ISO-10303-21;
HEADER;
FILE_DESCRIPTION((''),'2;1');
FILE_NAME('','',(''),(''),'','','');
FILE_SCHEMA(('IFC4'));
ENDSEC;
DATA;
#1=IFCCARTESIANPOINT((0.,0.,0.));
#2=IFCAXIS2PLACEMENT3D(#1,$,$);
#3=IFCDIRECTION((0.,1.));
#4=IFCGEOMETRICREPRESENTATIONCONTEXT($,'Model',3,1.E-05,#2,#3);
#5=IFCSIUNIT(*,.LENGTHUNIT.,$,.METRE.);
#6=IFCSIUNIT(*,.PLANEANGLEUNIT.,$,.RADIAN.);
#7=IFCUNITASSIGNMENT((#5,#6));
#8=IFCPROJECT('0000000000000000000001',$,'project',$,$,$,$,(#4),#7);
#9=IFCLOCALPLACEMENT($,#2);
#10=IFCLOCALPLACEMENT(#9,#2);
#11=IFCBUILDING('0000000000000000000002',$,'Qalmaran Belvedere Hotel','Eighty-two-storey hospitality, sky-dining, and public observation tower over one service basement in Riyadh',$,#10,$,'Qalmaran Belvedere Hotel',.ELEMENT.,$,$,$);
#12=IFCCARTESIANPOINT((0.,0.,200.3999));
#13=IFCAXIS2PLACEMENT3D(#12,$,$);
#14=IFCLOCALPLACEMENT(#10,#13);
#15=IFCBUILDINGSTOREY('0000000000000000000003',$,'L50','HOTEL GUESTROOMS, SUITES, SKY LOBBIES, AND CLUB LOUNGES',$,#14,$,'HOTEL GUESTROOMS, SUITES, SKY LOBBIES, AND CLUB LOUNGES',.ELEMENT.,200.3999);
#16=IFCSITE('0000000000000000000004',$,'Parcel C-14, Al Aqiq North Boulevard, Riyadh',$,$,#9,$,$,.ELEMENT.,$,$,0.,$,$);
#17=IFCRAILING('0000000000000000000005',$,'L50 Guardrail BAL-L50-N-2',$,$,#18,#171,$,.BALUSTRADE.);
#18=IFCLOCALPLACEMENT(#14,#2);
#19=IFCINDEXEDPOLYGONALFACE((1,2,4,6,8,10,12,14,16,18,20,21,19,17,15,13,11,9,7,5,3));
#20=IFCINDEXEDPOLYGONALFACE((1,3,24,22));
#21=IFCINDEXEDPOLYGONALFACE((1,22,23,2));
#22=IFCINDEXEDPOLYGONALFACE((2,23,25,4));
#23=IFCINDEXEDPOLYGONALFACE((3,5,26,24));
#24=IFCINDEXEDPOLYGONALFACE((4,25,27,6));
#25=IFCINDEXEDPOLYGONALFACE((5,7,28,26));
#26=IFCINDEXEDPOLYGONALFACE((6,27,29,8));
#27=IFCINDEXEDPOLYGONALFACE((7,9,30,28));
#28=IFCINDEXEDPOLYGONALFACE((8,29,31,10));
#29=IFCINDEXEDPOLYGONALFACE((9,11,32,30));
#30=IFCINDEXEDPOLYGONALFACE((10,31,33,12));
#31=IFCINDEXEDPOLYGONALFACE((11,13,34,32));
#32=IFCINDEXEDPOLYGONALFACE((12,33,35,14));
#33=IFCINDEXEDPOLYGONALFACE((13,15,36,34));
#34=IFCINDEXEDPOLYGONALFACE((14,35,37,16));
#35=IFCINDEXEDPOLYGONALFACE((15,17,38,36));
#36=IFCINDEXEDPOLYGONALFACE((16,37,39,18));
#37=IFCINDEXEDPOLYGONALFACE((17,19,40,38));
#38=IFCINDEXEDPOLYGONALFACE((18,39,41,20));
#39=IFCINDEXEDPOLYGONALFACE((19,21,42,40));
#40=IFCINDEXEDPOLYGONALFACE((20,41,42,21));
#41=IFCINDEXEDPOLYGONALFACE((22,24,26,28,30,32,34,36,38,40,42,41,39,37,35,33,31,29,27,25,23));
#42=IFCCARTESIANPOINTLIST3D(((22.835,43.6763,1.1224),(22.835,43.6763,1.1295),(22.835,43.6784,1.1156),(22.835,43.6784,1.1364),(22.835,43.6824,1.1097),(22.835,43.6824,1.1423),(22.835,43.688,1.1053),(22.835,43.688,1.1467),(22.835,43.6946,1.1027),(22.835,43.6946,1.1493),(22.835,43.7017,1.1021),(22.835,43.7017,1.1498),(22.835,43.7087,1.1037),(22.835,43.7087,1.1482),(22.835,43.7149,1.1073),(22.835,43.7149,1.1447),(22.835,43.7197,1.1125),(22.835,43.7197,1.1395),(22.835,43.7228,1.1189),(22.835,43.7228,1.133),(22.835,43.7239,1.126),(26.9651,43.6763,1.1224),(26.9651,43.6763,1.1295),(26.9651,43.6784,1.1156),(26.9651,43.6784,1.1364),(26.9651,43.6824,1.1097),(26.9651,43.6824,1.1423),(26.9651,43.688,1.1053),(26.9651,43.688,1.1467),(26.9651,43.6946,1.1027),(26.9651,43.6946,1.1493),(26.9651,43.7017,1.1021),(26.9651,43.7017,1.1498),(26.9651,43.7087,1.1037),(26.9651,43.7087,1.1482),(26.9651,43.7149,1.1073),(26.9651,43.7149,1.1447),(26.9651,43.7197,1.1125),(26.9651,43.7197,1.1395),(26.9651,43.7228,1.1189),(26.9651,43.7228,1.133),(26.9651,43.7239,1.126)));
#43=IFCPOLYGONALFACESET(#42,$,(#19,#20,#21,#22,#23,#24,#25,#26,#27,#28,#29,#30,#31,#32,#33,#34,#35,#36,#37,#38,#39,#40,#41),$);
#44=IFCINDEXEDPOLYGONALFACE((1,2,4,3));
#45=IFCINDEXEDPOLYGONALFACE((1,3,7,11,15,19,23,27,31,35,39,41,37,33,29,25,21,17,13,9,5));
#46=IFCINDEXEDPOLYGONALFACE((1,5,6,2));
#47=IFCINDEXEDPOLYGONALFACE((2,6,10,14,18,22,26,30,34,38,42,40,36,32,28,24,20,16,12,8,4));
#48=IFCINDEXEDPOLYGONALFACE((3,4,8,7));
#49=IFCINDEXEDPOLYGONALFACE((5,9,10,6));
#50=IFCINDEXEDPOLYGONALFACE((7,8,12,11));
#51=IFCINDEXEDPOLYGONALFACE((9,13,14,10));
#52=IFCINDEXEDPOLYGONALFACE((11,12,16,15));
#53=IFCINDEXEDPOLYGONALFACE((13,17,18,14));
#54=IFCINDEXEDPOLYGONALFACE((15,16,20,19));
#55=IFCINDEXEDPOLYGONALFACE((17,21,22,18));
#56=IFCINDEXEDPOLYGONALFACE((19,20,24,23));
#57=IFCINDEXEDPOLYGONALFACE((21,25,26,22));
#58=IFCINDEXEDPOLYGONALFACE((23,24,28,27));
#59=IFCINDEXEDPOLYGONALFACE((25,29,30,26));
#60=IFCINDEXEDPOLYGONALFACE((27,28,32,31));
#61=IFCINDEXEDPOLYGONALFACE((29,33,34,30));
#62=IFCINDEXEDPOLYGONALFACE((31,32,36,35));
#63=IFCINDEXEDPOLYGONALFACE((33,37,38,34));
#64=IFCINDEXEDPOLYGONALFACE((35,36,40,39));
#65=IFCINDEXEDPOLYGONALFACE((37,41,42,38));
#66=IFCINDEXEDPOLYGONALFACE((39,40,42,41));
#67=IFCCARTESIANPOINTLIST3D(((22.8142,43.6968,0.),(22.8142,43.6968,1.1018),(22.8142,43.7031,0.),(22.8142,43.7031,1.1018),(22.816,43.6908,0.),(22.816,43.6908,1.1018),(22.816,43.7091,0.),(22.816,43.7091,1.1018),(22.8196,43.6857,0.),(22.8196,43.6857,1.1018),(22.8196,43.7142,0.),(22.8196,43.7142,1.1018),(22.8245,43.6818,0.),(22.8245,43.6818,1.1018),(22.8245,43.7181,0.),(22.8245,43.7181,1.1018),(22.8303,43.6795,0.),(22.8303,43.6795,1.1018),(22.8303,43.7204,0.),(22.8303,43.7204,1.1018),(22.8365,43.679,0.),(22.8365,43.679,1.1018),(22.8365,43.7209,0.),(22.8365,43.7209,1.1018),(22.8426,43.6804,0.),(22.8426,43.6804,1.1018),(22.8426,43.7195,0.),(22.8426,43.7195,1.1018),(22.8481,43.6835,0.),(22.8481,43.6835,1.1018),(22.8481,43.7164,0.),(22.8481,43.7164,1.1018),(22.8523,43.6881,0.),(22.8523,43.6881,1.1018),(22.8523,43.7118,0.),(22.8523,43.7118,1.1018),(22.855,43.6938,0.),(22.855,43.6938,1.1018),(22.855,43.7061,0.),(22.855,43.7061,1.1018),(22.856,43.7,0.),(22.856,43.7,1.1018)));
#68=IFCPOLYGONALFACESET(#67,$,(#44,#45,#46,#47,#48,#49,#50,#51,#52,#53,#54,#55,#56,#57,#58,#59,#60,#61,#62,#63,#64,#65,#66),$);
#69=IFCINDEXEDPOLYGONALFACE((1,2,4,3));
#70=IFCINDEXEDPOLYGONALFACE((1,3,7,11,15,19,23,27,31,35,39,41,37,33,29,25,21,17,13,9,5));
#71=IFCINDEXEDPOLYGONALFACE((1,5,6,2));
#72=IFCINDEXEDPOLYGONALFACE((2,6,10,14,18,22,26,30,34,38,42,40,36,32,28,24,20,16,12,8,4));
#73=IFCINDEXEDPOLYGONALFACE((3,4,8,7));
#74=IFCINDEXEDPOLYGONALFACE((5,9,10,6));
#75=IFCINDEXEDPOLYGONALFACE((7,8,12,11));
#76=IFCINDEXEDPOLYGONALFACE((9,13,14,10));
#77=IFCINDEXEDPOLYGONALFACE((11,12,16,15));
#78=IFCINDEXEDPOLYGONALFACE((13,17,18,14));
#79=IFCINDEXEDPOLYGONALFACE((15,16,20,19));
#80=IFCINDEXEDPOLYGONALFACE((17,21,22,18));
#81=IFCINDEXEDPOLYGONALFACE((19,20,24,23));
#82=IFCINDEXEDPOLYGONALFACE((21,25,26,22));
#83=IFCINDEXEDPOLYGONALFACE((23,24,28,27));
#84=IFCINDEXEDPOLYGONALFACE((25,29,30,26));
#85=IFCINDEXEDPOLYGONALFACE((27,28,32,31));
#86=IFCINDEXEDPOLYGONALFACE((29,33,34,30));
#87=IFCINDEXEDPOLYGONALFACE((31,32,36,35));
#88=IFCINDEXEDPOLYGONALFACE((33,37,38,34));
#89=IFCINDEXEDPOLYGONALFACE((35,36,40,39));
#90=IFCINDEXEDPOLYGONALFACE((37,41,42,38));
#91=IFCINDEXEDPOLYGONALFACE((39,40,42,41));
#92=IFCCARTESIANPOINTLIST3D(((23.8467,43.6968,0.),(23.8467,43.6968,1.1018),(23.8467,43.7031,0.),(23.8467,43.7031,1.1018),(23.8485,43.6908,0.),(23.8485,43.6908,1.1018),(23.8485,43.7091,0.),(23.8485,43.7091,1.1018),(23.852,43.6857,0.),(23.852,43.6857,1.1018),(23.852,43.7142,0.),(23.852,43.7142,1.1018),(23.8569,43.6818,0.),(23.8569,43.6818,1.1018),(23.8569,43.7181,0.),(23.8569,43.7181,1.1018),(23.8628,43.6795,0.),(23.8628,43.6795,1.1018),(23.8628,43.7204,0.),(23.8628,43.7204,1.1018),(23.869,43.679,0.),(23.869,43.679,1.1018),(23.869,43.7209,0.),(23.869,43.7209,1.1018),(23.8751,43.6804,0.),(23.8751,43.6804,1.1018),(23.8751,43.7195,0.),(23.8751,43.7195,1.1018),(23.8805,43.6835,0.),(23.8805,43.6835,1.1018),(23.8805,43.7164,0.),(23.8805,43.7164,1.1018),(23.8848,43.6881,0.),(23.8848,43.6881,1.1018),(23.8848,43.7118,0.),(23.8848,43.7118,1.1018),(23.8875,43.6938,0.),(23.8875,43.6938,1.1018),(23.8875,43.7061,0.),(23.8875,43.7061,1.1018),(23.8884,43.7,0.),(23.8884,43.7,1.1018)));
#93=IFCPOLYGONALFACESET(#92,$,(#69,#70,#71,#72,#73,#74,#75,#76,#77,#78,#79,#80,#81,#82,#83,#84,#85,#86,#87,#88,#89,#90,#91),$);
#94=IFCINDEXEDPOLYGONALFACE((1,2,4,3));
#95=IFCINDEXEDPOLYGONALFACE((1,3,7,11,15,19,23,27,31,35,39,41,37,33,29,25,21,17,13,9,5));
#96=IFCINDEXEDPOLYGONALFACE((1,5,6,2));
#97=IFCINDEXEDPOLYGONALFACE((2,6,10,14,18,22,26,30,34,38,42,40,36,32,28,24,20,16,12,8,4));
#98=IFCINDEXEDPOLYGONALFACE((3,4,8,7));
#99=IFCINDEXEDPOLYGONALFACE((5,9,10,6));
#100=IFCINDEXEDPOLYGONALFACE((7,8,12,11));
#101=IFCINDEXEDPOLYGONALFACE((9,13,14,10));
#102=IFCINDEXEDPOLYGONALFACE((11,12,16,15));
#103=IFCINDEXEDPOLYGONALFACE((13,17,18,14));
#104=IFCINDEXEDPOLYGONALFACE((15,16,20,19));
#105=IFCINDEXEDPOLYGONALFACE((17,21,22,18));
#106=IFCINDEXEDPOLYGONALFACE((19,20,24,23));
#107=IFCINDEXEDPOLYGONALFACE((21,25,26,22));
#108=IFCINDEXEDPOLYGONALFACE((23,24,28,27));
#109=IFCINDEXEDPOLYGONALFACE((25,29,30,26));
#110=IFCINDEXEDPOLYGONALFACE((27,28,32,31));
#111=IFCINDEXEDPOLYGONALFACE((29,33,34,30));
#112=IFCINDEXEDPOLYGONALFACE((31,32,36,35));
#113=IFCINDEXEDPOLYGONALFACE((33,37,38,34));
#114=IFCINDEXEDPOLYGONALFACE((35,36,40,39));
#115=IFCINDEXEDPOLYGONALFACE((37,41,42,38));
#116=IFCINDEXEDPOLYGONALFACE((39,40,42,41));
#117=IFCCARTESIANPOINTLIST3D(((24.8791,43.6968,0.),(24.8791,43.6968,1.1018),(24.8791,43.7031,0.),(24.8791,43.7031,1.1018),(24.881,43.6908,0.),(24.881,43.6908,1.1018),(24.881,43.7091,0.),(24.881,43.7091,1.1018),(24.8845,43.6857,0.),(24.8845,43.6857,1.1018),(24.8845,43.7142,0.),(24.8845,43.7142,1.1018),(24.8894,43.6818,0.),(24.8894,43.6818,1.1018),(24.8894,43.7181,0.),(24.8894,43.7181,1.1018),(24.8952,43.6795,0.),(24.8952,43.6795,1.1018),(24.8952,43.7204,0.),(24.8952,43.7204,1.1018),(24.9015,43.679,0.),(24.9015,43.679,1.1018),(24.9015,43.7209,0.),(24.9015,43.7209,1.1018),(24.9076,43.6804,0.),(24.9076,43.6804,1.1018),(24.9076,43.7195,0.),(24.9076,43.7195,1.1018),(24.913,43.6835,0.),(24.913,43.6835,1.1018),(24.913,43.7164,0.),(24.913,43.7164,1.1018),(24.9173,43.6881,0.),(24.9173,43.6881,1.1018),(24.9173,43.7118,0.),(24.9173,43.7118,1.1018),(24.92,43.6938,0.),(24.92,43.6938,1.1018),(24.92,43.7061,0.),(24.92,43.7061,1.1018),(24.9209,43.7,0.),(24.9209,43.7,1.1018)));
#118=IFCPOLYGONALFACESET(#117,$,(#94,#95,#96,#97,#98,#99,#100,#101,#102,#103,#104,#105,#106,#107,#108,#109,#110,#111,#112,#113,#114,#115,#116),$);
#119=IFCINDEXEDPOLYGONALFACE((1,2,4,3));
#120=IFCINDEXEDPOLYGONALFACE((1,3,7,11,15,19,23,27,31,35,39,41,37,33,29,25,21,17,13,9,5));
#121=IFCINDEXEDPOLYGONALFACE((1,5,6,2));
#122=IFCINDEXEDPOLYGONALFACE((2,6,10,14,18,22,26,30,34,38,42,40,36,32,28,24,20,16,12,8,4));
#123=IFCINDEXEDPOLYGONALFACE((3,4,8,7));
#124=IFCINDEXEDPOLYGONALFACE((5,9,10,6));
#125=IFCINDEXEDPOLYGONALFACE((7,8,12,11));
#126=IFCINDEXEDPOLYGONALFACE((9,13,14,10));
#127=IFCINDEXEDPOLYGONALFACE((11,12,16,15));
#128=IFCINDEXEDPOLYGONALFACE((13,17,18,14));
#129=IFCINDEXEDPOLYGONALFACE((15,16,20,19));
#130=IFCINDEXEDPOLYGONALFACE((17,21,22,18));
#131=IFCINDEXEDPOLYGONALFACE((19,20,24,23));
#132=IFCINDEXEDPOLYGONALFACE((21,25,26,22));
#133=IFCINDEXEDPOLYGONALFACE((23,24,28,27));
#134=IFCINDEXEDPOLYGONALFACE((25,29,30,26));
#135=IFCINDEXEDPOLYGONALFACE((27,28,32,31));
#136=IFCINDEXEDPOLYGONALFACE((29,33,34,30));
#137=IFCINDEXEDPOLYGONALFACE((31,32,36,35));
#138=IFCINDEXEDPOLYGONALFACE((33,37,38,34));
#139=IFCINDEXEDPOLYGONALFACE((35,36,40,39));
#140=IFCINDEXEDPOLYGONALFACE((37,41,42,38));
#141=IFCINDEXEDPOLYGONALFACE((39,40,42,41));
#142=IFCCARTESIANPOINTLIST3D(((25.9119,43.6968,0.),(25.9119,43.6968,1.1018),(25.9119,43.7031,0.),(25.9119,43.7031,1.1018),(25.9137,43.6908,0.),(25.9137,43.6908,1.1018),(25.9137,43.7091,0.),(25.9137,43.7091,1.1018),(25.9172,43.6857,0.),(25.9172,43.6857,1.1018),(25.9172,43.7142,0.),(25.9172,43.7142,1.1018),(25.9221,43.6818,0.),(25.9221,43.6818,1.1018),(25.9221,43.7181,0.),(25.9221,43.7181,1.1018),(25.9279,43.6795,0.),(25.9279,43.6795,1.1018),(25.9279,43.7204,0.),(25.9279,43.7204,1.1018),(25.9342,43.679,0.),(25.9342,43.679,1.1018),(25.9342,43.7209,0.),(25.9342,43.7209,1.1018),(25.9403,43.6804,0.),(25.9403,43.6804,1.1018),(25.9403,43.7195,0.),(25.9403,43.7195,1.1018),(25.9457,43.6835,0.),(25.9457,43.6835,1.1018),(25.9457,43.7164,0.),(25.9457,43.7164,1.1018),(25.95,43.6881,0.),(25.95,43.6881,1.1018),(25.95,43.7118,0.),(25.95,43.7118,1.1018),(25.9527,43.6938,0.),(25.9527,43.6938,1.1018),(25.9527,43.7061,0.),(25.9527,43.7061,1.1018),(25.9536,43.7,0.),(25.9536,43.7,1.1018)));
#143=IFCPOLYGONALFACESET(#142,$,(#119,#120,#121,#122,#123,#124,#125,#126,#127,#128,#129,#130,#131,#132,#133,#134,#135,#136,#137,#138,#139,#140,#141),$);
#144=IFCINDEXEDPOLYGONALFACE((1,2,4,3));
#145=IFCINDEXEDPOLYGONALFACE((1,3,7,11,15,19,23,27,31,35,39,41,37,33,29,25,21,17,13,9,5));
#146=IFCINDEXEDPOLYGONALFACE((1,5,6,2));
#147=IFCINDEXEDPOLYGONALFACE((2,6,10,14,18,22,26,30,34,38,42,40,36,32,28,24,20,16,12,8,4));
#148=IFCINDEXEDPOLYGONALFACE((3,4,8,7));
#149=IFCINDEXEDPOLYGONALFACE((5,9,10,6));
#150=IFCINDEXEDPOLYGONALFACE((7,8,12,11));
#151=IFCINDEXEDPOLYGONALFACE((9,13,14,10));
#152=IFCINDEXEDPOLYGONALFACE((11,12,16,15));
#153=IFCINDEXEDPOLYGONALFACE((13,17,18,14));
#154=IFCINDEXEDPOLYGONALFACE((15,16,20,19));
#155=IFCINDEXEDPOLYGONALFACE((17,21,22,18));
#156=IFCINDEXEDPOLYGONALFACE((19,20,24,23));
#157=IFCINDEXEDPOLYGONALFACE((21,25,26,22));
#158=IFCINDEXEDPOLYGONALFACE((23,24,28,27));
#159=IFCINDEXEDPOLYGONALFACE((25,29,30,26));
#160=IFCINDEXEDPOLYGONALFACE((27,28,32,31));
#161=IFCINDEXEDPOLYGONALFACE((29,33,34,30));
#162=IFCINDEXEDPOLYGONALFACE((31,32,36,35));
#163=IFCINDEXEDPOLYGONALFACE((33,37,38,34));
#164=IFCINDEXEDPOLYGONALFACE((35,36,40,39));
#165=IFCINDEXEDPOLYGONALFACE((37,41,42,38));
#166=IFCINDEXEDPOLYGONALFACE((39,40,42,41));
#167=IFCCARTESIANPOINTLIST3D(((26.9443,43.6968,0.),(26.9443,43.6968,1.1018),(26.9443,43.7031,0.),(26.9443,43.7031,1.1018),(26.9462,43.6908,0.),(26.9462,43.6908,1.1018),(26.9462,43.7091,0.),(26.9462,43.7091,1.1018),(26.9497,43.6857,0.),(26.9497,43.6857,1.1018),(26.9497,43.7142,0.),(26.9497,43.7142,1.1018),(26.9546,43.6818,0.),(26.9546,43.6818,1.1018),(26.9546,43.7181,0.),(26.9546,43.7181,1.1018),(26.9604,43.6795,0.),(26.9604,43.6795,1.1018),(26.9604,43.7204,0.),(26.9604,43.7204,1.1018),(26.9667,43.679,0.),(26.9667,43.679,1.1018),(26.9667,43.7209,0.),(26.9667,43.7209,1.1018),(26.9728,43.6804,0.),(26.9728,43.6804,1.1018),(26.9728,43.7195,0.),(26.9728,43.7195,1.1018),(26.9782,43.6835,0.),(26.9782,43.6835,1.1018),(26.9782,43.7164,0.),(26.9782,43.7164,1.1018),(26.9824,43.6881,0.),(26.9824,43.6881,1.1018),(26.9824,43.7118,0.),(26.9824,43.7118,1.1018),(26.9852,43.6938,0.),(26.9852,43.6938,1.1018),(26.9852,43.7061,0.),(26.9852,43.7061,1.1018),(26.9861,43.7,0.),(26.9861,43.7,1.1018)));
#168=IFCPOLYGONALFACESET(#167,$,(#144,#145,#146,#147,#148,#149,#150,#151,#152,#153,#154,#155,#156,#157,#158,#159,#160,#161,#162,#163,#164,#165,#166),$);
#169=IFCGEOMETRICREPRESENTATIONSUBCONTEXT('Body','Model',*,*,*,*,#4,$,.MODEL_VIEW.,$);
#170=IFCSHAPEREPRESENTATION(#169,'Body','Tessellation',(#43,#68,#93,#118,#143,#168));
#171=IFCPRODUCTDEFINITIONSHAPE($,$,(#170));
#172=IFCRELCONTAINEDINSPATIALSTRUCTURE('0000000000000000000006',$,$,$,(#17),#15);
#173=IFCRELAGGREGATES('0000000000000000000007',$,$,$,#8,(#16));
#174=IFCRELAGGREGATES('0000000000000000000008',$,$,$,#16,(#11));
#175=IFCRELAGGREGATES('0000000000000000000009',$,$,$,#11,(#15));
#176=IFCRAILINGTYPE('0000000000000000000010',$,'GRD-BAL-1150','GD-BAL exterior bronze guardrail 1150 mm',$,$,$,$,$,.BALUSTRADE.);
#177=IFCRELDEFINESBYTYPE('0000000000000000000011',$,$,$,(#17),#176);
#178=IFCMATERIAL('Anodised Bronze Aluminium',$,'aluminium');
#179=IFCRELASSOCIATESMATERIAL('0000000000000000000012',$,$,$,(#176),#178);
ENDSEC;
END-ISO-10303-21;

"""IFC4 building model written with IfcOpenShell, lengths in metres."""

from ifc_helpers import new_model, si_unit, direction, frame, origin, origin_2d, place, context, subcontext, project, spatial, circle, extrude, material, type_object, element, save


model = new_model("IFC4")

# Units and contexts
model_context = context("Model", 3, precision=1e-05, world=origin(), true_north=direction((0.0, 1.0)))
body_context = subcontext(model_context, "Body", "Model", "MODEL_VIEW")
ifc_project = project(units=[si_unit("LENGTHUNIT", "METRE"), si_unit("PLANEANGLEUNIT", "RADIAN")], contexts=[model_context])

# Site, building, storey
site_placement = place(None, origin())
site = spatial("IfcSite", under=ifc_project, at=site_placement, Name="Parcel C-14, Al Aqiq North Boulevard, Riyadh", CompositionType="ELEMENT", RefElevation=0.0)
building_placement = place(site_placement, origin())
building = spatial("IfcBuilding", under=site, at=building_placement, Name="Qalmaran Belvedere Hotel", Description="Eighty-two-storey hospitality, sky-dining, and public observation tower over one service basement in Riyadh", LongName="Qalmaran Belvedere Hotel", CompositionType="ELEMENT")
storey_placement = place(building_placement, frame((0.0, 0.0, 200.3999)))
storey = spatial("IfcBuildingStorey", under=building, at=storey_placement, Name="L50", Description="HOTEL GUESTROOMS, SUITES, SKY LOBBIES, AND CLUB LOUNGES", LongName="HOTEL GUESTROOMS, SUITES, SKY LOBBIES, AND CLUB LOUNGES", CompositionType="ELEMENT", Elevation=200.3999)

# Shared definitions
ifc_material_1 = material(Name="Anodised Bronze Aluminium", Category="aluminium")

# Railing
railing_type = type_object("IfcRailingType", Name="GRD-BAL-1150", Description="GD-BAL exterior bronze guardrail 1150 mm", PredefinedType="BALUSTRADE", material=ifc_material_1)
railing_1_placement = place(storey_placement, frame((22.835, 43.7, 0.0)))
element("IfcRailing", 1, at=railing_1_placement, inside=storey, type_object=railing_type, Name="L50 Guardrail BAL-L50-N-2", PredefinedType="BALUSTRADE", context=body_context, shape_type="SweptSolid", body=[
    extrude(circle(Radius=0.0239, at=origin_2d()), frame((0.0, 0.0, 1.126), z_axis=(1.0, 0.0, 0.0), x_axis=(0.0, 1.0, 0.0)), (0.0, 0.0, 1.0), 4.1301),
    extrude(circle(Radius=0.021, at=origin_2d()), origin(), (0.0, 0.0, 1.0), 1.1018),
    extrude(circle(Radius=0.021, at=origin_2d()), frame((1.0325, 0.0, 0.0)), (0.0, 0.0, 1.0), 1.1018),
    extrude(circle(Radius=0.021, at=origin_2d()), frame((2.0649, 0.0, 0.0)), (0.0, 0.0, 1.0), 1.1018),
    extrude(circle(Radius=0.021, at=origin_2d()), frame((3.0977, 0.0, 0.0)), (0.0, 0.0, 1.0), 1.1018),
    extrude(circle(Radius=0.021, at=origin_2d()), frame((4.1301, 0.0, 0.0)), (0.0, 0.0, 1.0), 1.1018),
])

save(model, "model.ifc")
